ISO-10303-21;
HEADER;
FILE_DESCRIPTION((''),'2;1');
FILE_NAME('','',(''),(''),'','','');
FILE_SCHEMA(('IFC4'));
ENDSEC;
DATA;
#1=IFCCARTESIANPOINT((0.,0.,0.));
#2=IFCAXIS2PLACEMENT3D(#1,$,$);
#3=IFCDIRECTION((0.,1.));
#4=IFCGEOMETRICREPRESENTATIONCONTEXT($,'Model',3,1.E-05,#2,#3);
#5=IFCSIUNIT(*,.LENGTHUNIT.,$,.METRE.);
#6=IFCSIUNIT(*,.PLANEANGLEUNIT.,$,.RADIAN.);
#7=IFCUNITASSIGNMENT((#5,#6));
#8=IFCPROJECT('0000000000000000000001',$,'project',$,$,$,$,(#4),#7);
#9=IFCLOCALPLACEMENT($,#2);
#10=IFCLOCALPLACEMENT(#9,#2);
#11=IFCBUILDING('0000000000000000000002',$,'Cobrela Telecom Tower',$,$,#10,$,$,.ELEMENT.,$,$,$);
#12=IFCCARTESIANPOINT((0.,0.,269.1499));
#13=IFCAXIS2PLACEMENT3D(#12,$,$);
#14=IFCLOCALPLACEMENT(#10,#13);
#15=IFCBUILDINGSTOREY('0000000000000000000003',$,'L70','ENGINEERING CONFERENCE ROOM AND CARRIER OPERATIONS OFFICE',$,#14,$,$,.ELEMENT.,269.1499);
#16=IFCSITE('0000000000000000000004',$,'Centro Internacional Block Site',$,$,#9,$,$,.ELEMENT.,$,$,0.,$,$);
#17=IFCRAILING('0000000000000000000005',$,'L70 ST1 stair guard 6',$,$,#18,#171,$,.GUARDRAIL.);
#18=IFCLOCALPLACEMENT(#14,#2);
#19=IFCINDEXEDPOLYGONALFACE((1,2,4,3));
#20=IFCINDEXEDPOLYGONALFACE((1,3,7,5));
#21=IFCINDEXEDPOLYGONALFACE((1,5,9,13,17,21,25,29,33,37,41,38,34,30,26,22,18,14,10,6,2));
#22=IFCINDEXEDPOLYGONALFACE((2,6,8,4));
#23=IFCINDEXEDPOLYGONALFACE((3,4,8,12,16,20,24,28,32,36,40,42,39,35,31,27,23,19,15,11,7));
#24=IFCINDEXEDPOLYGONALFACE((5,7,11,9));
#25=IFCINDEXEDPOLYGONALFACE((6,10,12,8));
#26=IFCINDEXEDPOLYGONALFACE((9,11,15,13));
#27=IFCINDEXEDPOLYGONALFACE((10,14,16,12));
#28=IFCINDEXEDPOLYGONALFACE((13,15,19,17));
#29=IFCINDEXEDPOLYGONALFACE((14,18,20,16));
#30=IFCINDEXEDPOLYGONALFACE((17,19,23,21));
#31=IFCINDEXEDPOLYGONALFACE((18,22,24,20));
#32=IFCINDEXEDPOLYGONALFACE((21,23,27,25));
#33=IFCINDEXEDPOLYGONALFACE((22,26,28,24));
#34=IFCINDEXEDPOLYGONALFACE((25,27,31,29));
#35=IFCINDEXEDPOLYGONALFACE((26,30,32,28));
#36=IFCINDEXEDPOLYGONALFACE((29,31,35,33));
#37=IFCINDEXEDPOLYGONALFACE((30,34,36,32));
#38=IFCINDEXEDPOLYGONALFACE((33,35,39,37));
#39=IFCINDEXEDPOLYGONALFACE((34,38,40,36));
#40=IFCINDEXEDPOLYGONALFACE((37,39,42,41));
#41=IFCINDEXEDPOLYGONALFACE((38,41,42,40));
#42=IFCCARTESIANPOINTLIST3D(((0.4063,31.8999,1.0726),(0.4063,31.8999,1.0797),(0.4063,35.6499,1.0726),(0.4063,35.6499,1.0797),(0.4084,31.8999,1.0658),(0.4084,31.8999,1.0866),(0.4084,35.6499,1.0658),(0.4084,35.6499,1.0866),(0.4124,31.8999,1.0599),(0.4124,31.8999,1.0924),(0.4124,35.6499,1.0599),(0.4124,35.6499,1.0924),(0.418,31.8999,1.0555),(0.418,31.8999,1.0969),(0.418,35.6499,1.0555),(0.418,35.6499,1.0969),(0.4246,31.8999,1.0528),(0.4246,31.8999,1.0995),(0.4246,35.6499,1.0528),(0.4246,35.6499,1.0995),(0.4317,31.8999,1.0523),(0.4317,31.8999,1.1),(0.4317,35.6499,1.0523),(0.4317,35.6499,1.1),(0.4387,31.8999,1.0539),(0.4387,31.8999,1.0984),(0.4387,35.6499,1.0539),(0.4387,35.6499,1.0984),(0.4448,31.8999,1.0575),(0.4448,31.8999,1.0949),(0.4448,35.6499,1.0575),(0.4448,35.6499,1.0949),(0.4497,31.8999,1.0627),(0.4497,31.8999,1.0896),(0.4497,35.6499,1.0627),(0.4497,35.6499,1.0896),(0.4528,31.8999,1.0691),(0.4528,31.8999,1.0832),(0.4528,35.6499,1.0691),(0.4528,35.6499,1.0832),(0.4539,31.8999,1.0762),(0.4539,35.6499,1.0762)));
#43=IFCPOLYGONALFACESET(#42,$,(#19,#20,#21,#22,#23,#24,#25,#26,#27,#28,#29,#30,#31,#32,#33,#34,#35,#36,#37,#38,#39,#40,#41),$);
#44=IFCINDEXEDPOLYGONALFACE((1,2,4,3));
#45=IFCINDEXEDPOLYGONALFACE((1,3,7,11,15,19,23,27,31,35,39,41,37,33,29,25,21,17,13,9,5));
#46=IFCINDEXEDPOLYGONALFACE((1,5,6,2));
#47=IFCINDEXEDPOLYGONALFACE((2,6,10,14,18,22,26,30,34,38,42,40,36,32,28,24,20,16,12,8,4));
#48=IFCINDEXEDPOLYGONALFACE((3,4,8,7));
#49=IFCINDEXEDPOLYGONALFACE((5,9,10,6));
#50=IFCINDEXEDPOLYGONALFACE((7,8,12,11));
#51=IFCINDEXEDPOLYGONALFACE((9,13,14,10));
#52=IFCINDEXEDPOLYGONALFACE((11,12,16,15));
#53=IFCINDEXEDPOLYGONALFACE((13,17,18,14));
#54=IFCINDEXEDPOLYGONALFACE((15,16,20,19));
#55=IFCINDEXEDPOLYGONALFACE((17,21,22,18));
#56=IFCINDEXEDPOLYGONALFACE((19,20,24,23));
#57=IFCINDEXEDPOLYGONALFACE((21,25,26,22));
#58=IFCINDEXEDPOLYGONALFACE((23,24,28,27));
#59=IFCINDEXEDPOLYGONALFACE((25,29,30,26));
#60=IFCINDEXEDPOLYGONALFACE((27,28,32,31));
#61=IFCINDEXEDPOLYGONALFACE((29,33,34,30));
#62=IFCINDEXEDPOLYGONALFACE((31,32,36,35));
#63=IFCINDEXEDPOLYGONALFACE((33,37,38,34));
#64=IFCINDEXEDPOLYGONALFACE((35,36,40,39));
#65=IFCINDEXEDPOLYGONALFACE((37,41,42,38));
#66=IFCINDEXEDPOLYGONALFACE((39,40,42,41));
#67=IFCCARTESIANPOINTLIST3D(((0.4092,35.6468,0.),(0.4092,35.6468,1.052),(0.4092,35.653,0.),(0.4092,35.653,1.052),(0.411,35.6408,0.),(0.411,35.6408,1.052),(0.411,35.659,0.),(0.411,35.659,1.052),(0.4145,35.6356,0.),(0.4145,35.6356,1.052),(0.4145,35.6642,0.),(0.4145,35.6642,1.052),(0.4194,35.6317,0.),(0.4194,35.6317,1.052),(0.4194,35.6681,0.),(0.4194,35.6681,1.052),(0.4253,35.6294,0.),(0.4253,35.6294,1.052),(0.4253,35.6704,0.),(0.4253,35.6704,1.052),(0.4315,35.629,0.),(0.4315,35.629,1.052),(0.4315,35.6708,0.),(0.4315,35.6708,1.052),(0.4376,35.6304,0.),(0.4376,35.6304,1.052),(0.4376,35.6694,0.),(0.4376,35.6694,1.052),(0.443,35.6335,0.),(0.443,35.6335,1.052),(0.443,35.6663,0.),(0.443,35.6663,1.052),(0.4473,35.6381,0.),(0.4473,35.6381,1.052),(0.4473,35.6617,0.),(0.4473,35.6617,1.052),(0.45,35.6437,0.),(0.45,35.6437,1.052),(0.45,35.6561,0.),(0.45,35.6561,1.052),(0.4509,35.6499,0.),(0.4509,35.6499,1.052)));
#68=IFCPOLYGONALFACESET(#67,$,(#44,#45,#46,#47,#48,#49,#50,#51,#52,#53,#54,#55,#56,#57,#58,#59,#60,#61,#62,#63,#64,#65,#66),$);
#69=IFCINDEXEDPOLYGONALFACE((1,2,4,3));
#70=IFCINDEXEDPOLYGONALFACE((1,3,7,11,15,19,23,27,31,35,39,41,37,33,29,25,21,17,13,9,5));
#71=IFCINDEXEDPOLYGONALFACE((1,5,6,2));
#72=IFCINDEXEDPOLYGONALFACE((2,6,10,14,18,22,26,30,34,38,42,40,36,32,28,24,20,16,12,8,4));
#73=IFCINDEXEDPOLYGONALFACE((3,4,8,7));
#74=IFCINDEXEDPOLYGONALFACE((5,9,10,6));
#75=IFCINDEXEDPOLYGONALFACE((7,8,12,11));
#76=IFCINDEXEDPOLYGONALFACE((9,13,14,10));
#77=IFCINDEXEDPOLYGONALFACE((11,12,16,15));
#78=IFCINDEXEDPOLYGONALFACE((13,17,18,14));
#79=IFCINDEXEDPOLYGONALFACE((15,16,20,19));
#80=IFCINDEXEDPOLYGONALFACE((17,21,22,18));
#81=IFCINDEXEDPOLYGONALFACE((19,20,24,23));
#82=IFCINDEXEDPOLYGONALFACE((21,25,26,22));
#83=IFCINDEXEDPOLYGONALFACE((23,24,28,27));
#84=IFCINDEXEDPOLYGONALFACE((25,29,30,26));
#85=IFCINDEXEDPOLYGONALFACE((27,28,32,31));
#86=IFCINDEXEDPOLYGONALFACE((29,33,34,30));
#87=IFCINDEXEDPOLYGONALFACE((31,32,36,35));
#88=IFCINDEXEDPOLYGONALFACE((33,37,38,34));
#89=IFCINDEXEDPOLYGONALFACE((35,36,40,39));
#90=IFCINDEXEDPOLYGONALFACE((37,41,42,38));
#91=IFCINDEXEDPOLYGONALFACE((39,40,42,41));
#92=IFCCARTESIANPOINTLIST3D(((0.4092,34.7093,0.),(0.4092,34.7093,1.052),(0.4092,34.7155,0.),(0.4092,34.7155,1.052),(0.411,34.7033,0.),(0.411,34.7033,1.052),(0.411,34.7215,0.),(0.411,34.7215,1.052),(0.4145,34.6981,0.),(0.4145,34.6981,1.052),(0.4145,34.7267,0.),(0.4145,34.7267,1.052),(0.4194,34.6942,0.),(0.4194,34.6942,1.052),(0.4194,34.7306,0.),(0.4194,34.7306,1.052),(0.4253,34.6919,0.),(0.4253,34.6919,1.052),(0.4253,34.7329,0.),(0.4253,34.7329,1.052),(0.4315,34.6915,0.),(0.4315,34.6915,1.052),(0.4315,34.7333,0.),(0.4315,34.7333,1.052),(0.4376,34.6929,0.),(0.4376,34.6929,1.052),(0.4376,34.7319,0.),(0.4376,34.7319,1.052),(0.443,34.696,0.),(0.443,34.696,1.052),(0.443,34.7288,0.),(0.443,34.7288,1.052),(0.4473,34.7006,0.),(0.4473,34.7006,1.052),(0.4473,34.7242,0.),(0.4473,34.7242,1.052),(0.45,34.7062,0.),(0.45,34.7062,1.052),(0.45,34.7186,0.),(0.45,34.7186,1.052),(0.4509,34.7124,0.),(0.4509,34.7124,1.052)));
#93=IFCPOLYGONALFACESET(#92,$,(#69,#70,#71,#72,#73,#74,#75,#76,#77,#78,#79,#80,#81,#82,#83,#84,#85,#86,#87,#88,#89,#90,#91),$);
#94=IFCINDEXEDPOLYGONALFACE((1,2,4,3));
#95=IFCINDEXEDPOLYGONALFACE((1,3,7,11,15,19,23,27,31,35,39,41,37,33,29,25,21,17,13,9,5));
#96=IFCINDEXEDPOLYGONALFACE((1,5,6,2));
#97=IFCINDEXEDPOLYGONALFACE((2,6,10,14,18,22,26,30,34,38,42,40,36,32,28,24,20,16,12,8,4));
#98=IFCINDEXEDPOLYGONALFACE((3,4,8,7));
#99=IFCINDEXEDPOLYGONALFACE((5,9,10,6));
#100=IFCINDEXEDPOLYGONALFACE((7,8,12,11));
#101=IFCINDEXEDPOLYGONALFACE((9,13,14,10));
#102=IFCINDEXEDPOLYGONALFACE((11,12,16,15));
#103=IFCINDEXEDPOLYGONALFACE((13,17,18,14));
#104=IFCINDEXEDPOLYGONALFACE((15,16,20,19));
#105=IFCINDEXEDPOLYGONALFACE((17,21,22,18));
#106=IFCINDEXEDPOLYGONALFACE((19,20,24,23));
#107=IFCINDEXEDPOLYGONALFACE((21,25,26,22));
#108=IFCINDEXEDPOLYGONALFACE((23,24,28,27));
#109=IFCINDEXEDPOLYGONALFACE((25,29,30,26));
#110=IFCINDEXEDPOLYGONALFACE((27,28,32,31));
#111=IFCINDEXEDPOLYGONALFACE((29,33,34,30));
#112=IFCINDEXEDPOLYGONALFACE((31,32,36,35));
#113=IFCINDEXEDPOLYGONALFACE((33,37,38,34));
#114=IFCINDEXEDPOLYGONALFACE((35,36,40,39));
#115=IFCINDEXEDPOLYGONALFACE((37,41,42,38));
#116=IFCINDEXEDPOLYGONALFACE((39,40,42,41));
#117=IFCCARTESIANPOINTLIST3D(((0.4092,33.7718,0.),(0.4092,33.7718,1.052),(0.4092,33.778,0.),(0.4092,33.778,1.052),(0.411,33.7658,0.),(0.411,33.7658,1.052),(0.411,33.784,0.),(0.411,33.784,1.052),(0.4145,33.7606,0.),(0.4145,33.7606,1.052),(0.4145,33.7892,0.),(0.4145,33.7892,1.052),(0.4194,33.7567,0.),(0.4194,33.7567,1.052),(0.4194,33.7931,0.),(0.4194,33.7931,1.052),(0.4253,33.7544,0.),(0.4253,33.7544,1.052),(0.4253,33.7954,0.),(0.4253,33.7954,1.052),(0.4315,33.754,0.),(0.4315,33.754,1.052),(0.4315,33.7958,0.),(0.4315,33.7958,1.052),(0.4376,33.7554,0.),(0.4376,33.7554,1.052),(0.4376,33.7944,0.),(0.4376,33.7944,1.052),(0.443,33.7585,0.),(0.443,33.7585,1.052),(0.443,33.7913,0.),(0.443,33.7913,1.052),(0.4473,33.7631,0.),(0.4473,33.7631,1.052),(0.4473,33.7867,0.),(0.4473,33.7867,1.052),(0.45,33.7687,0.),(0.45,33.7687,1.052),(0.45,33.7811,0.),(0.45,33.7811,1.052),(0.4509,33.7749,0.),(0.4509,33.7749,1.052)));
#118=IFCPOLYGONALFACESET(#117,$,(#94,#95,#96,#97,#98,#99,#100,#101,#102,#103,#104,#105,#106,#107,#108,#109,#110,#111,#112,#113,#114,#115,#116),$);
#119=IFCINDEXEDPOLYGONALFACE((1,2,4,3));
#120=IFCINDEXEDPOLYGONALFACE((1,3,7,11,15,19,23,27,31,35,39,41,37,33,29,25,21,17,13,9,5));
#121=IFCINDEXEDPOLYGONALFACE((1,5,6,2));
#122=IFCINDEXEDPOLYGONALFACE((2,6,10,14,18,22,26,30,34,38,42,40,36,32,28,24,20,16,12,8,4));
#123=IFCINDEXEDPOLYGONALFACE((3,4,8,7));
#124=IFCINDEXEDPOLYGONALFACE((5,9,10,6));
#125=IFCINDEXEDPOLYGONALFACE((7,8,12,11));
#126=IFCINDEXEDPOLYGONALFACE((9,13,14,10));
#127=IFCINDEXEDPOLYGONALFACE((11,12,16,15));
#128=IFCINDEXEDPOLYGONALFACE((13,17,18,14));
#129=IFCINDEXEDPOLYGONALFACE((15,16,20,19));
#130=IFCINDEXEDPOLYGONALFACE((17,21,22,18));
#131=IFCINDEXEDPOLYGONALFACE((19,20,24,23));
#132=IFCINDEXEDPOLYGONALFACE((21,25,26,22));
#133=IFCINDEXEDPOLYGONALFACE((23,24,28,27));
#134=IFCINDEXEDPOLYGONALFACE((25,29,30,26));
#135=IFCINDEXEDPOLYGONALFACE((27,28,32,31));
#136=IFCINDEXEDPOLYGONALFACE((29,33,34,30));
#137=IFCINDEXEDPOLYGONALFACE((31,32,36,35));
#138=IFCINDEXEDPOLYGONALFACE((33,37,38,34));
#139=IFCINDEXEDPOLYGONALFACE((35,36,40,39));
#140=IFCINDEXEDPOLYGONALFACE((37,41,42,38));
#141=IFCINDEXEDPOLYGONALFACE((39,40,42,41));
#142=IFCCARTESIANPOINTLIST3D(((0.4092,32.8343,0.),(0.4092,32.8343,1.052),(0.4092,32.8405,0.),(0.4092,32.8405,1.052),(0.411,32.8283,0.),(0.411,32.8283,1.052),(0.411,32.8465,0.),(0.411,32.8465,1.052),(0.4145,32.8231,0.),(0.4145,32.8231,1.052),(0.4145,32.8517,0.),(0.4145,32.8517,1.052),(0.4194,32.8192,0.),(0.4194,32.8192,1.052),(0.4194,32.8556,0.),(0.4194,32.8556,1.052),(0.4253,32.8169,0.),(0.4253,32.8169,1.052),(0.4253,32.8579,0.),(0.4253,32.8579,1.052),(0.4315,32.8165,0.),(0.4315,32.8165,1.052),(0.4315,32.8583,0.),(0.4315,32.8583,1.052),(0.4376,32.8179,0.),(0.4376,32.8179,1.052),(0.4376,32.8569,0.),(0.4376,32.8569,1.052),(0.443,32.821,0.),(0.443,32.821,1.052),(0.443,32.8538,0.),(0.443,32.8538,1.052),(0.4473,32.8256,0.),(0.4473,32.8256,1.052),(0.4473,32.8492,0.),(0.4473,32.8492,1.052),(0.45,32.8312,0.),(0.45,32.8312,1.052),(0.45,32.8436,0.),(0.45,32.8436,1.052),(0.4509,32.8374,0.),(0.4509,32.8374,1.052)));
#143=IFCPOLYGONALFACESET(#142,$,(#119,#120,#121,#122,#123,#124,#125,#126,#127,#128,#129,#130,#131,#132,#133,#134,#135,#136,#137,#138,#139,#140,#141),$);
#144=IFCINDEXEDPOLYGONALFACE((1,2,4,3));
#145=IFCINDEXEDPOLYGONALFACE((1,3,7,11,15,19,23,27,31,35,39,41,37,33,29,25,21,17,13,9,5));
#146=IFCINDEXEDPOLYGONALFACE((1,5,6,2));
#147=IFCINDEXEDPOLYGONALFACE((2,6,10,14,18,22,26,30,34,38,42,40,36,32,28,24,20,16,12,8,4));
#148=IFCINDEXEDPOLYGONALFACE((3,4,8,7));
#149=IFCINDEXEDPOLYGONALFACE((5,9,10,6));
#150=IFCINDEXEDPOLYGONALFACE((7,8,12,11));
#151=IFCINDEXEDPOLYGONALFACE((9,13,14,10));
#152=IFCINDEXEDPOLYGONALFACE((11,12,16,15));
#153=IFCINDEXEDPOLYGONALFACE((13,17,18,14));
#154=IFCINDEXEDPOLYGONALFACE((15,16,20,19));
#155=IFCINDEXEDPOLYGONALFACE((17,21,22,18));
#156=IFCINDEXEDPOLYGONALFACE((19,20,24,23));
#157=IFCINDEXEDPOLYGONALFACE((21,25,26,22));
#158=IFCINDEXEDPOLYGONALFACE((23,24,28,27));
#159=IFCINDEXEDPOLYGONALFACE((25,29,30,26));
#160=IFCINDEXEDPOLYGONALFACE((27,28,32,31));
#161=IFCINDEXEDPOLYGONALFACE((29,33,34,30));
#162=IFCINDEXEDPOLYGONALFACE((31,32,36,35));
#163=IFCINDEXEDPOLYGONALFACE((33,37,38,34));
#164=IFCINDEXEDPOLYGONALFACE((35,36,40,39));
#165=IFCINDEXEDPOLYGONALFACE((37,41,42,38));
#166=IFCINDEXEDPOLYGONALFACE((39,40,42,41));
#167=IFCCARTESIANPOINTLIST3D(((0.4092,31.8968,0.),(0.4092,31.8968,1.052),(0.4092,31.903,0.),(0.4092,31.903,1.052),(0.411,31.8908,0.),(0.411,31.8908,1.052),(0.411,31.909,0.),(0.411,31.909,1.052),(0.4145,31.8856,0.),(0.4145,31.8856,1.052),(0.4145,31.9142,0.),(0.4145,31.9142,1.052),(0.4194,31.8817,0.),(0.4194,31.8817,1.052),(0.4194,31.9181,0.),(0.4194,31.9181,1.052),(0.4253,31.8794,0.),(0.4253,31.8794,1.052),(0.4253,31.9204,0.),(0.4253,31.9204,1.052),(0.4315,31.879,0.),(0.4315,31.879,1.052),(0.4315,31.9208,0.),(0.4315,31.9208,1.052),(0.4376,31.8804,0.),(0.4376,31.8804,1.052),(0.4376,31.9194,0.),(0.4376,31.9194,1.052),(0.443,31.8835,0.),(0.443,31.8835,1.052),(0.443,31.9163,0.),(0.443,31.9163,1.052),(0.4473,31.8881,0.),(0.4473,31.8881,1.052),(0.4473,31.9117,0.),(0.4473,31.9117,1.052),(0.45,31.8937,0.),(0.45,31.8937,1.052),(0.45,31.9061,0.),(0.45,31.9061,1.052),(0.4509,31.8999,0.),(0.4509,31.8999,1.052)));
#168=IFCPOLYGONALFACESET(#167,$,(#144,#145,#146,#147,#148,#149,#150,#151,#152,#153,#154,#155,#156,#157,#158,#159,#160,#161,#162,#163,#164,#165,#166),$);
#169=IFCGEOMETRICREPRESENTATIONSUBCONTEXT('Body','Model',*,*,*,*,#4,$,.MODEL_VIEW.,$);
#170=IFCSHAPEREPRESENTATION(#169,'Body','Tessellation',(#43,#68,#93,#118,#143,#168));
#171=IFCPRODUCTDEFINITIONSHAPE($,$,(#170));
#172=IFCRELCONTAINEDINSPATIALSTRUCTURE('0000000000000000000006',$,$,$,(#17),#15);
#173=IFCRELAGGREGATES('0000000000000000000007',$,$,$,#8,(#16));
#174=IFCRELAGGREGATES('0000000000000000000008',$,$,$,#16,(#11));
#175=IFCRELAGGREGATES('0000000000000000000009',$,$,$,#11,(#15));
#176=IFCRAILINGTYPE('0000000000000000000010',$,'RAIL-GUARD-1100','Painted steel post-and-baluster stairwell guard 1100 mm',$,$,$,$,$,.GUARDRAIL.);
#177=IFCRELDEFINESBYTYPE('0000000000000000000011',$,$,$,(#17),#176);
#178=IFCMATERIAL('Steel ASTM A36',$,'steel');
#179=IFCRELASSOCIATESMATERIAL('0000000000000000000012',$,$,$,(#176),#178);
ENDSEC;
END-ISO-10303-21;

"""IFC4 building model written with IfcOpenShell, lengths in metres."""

from ifc_helpers import new_model, si_unit, direction, frame, origin, origin_2d, place, context, subcontext, project, spatial, circle, extrude, material, type_object, element, save


model = new_model("IFC4")

# Units and contexts
model_context = context("Model", 3, precision=1e-05, world=origin(), true_north=direction((0.0, 1.0)))
body_context = subcontext(model_context, "Body", "Model", "MODEL_VIEW")
ifc_project = project(units=[si_unit("LENGTHUNIT", "METRE"), si_unit("PLANEANGLEUNIT", "RADIAN")], contexts=[model_context])

# Site, building, storey
site_placement = place(None, origin())
site = spatial("IfcSite", under=ifc_project, at=site_placement, Name="Centro Internacional Block Site", CompositionType="ELEMENT", RefElevation=0.0)
building_placement = place(site_placement, origin())
building = spatial("IfcBuilding", under=site, at=building_placement, Name="Cobrela Telecom Tower", CompositionType="ELEMENT")
storey_placement = place(building_placement, frame((0.0, 0.0, 269.1499)))
storey = spatial("IfcBuildingStorey", under=building, at=storey_placement, Name="L70", Description="ENGINEERING CONFERENCE ROOM AND CARRIER OPERATIONS OFFICE", CompositionType="ELEMENT", Elevation=269.1499)

# Shared definitions
ifc_material_1 = material(Name="Steel ASTM A36", Category="steel")

# Railing
railing_type_1 = type_object("IfcRailingType", Name="RAIL-GUARD-1100", Description="Painted steel post-and-baluster stairwell guard 1100 mm", PredefinedType="GUARDRAIL", material=ifc_material_1)
railing_1_placement = place(storey_placement, frame((0.4299, 35.6499, 0.0)))
element("IfcRailing", 1, at=railing_1_placement, inside=storey, type_object=railing_type_1, Name="L70 ST1 stair guard 6", PredefinedType="GUARDRAIL", context=body_context, shape_type="SweptSolid", body=[
    extrude(circle(Radius=0.0239, at=origin_2d()), frame((0.0, 0.0, 1.0762), z_axis=(0.0, -1.0, 0.0), x_axis=(1.0, 0.0, 0.0)), (0.0, 0.0, 1.0), 3.75),
    extrude(circle(Radius=0.021, at=origin_2d()), origin(), (0.0, 0.0, 1.0), 1.052),
    extrude(circle(Radius=0.021, at=origin_2d()), frame((0.0, -0.9375, 0.0)), (0.0, 0.0, 1.0), 1.052),
    extrude(circle(Radius=0.021, at=origin_2d()), frame((0.0, -1.875, 0.0)), (0.0, 0.0, 1.0), 1.052),
    extrude(circle(Radius=0.021, at=origin_2d()), frame((0.0, -2.8125, 0.0)), (0.0, 0.0, 1.0), 1.052),
    extrude(circle(Radius=0.021, at=origin_2d()), frame((0.0, -3.75, 0.0)), (0.0, 0.0, 1.0), 1.052),
])

save(model, "model.ifc")
